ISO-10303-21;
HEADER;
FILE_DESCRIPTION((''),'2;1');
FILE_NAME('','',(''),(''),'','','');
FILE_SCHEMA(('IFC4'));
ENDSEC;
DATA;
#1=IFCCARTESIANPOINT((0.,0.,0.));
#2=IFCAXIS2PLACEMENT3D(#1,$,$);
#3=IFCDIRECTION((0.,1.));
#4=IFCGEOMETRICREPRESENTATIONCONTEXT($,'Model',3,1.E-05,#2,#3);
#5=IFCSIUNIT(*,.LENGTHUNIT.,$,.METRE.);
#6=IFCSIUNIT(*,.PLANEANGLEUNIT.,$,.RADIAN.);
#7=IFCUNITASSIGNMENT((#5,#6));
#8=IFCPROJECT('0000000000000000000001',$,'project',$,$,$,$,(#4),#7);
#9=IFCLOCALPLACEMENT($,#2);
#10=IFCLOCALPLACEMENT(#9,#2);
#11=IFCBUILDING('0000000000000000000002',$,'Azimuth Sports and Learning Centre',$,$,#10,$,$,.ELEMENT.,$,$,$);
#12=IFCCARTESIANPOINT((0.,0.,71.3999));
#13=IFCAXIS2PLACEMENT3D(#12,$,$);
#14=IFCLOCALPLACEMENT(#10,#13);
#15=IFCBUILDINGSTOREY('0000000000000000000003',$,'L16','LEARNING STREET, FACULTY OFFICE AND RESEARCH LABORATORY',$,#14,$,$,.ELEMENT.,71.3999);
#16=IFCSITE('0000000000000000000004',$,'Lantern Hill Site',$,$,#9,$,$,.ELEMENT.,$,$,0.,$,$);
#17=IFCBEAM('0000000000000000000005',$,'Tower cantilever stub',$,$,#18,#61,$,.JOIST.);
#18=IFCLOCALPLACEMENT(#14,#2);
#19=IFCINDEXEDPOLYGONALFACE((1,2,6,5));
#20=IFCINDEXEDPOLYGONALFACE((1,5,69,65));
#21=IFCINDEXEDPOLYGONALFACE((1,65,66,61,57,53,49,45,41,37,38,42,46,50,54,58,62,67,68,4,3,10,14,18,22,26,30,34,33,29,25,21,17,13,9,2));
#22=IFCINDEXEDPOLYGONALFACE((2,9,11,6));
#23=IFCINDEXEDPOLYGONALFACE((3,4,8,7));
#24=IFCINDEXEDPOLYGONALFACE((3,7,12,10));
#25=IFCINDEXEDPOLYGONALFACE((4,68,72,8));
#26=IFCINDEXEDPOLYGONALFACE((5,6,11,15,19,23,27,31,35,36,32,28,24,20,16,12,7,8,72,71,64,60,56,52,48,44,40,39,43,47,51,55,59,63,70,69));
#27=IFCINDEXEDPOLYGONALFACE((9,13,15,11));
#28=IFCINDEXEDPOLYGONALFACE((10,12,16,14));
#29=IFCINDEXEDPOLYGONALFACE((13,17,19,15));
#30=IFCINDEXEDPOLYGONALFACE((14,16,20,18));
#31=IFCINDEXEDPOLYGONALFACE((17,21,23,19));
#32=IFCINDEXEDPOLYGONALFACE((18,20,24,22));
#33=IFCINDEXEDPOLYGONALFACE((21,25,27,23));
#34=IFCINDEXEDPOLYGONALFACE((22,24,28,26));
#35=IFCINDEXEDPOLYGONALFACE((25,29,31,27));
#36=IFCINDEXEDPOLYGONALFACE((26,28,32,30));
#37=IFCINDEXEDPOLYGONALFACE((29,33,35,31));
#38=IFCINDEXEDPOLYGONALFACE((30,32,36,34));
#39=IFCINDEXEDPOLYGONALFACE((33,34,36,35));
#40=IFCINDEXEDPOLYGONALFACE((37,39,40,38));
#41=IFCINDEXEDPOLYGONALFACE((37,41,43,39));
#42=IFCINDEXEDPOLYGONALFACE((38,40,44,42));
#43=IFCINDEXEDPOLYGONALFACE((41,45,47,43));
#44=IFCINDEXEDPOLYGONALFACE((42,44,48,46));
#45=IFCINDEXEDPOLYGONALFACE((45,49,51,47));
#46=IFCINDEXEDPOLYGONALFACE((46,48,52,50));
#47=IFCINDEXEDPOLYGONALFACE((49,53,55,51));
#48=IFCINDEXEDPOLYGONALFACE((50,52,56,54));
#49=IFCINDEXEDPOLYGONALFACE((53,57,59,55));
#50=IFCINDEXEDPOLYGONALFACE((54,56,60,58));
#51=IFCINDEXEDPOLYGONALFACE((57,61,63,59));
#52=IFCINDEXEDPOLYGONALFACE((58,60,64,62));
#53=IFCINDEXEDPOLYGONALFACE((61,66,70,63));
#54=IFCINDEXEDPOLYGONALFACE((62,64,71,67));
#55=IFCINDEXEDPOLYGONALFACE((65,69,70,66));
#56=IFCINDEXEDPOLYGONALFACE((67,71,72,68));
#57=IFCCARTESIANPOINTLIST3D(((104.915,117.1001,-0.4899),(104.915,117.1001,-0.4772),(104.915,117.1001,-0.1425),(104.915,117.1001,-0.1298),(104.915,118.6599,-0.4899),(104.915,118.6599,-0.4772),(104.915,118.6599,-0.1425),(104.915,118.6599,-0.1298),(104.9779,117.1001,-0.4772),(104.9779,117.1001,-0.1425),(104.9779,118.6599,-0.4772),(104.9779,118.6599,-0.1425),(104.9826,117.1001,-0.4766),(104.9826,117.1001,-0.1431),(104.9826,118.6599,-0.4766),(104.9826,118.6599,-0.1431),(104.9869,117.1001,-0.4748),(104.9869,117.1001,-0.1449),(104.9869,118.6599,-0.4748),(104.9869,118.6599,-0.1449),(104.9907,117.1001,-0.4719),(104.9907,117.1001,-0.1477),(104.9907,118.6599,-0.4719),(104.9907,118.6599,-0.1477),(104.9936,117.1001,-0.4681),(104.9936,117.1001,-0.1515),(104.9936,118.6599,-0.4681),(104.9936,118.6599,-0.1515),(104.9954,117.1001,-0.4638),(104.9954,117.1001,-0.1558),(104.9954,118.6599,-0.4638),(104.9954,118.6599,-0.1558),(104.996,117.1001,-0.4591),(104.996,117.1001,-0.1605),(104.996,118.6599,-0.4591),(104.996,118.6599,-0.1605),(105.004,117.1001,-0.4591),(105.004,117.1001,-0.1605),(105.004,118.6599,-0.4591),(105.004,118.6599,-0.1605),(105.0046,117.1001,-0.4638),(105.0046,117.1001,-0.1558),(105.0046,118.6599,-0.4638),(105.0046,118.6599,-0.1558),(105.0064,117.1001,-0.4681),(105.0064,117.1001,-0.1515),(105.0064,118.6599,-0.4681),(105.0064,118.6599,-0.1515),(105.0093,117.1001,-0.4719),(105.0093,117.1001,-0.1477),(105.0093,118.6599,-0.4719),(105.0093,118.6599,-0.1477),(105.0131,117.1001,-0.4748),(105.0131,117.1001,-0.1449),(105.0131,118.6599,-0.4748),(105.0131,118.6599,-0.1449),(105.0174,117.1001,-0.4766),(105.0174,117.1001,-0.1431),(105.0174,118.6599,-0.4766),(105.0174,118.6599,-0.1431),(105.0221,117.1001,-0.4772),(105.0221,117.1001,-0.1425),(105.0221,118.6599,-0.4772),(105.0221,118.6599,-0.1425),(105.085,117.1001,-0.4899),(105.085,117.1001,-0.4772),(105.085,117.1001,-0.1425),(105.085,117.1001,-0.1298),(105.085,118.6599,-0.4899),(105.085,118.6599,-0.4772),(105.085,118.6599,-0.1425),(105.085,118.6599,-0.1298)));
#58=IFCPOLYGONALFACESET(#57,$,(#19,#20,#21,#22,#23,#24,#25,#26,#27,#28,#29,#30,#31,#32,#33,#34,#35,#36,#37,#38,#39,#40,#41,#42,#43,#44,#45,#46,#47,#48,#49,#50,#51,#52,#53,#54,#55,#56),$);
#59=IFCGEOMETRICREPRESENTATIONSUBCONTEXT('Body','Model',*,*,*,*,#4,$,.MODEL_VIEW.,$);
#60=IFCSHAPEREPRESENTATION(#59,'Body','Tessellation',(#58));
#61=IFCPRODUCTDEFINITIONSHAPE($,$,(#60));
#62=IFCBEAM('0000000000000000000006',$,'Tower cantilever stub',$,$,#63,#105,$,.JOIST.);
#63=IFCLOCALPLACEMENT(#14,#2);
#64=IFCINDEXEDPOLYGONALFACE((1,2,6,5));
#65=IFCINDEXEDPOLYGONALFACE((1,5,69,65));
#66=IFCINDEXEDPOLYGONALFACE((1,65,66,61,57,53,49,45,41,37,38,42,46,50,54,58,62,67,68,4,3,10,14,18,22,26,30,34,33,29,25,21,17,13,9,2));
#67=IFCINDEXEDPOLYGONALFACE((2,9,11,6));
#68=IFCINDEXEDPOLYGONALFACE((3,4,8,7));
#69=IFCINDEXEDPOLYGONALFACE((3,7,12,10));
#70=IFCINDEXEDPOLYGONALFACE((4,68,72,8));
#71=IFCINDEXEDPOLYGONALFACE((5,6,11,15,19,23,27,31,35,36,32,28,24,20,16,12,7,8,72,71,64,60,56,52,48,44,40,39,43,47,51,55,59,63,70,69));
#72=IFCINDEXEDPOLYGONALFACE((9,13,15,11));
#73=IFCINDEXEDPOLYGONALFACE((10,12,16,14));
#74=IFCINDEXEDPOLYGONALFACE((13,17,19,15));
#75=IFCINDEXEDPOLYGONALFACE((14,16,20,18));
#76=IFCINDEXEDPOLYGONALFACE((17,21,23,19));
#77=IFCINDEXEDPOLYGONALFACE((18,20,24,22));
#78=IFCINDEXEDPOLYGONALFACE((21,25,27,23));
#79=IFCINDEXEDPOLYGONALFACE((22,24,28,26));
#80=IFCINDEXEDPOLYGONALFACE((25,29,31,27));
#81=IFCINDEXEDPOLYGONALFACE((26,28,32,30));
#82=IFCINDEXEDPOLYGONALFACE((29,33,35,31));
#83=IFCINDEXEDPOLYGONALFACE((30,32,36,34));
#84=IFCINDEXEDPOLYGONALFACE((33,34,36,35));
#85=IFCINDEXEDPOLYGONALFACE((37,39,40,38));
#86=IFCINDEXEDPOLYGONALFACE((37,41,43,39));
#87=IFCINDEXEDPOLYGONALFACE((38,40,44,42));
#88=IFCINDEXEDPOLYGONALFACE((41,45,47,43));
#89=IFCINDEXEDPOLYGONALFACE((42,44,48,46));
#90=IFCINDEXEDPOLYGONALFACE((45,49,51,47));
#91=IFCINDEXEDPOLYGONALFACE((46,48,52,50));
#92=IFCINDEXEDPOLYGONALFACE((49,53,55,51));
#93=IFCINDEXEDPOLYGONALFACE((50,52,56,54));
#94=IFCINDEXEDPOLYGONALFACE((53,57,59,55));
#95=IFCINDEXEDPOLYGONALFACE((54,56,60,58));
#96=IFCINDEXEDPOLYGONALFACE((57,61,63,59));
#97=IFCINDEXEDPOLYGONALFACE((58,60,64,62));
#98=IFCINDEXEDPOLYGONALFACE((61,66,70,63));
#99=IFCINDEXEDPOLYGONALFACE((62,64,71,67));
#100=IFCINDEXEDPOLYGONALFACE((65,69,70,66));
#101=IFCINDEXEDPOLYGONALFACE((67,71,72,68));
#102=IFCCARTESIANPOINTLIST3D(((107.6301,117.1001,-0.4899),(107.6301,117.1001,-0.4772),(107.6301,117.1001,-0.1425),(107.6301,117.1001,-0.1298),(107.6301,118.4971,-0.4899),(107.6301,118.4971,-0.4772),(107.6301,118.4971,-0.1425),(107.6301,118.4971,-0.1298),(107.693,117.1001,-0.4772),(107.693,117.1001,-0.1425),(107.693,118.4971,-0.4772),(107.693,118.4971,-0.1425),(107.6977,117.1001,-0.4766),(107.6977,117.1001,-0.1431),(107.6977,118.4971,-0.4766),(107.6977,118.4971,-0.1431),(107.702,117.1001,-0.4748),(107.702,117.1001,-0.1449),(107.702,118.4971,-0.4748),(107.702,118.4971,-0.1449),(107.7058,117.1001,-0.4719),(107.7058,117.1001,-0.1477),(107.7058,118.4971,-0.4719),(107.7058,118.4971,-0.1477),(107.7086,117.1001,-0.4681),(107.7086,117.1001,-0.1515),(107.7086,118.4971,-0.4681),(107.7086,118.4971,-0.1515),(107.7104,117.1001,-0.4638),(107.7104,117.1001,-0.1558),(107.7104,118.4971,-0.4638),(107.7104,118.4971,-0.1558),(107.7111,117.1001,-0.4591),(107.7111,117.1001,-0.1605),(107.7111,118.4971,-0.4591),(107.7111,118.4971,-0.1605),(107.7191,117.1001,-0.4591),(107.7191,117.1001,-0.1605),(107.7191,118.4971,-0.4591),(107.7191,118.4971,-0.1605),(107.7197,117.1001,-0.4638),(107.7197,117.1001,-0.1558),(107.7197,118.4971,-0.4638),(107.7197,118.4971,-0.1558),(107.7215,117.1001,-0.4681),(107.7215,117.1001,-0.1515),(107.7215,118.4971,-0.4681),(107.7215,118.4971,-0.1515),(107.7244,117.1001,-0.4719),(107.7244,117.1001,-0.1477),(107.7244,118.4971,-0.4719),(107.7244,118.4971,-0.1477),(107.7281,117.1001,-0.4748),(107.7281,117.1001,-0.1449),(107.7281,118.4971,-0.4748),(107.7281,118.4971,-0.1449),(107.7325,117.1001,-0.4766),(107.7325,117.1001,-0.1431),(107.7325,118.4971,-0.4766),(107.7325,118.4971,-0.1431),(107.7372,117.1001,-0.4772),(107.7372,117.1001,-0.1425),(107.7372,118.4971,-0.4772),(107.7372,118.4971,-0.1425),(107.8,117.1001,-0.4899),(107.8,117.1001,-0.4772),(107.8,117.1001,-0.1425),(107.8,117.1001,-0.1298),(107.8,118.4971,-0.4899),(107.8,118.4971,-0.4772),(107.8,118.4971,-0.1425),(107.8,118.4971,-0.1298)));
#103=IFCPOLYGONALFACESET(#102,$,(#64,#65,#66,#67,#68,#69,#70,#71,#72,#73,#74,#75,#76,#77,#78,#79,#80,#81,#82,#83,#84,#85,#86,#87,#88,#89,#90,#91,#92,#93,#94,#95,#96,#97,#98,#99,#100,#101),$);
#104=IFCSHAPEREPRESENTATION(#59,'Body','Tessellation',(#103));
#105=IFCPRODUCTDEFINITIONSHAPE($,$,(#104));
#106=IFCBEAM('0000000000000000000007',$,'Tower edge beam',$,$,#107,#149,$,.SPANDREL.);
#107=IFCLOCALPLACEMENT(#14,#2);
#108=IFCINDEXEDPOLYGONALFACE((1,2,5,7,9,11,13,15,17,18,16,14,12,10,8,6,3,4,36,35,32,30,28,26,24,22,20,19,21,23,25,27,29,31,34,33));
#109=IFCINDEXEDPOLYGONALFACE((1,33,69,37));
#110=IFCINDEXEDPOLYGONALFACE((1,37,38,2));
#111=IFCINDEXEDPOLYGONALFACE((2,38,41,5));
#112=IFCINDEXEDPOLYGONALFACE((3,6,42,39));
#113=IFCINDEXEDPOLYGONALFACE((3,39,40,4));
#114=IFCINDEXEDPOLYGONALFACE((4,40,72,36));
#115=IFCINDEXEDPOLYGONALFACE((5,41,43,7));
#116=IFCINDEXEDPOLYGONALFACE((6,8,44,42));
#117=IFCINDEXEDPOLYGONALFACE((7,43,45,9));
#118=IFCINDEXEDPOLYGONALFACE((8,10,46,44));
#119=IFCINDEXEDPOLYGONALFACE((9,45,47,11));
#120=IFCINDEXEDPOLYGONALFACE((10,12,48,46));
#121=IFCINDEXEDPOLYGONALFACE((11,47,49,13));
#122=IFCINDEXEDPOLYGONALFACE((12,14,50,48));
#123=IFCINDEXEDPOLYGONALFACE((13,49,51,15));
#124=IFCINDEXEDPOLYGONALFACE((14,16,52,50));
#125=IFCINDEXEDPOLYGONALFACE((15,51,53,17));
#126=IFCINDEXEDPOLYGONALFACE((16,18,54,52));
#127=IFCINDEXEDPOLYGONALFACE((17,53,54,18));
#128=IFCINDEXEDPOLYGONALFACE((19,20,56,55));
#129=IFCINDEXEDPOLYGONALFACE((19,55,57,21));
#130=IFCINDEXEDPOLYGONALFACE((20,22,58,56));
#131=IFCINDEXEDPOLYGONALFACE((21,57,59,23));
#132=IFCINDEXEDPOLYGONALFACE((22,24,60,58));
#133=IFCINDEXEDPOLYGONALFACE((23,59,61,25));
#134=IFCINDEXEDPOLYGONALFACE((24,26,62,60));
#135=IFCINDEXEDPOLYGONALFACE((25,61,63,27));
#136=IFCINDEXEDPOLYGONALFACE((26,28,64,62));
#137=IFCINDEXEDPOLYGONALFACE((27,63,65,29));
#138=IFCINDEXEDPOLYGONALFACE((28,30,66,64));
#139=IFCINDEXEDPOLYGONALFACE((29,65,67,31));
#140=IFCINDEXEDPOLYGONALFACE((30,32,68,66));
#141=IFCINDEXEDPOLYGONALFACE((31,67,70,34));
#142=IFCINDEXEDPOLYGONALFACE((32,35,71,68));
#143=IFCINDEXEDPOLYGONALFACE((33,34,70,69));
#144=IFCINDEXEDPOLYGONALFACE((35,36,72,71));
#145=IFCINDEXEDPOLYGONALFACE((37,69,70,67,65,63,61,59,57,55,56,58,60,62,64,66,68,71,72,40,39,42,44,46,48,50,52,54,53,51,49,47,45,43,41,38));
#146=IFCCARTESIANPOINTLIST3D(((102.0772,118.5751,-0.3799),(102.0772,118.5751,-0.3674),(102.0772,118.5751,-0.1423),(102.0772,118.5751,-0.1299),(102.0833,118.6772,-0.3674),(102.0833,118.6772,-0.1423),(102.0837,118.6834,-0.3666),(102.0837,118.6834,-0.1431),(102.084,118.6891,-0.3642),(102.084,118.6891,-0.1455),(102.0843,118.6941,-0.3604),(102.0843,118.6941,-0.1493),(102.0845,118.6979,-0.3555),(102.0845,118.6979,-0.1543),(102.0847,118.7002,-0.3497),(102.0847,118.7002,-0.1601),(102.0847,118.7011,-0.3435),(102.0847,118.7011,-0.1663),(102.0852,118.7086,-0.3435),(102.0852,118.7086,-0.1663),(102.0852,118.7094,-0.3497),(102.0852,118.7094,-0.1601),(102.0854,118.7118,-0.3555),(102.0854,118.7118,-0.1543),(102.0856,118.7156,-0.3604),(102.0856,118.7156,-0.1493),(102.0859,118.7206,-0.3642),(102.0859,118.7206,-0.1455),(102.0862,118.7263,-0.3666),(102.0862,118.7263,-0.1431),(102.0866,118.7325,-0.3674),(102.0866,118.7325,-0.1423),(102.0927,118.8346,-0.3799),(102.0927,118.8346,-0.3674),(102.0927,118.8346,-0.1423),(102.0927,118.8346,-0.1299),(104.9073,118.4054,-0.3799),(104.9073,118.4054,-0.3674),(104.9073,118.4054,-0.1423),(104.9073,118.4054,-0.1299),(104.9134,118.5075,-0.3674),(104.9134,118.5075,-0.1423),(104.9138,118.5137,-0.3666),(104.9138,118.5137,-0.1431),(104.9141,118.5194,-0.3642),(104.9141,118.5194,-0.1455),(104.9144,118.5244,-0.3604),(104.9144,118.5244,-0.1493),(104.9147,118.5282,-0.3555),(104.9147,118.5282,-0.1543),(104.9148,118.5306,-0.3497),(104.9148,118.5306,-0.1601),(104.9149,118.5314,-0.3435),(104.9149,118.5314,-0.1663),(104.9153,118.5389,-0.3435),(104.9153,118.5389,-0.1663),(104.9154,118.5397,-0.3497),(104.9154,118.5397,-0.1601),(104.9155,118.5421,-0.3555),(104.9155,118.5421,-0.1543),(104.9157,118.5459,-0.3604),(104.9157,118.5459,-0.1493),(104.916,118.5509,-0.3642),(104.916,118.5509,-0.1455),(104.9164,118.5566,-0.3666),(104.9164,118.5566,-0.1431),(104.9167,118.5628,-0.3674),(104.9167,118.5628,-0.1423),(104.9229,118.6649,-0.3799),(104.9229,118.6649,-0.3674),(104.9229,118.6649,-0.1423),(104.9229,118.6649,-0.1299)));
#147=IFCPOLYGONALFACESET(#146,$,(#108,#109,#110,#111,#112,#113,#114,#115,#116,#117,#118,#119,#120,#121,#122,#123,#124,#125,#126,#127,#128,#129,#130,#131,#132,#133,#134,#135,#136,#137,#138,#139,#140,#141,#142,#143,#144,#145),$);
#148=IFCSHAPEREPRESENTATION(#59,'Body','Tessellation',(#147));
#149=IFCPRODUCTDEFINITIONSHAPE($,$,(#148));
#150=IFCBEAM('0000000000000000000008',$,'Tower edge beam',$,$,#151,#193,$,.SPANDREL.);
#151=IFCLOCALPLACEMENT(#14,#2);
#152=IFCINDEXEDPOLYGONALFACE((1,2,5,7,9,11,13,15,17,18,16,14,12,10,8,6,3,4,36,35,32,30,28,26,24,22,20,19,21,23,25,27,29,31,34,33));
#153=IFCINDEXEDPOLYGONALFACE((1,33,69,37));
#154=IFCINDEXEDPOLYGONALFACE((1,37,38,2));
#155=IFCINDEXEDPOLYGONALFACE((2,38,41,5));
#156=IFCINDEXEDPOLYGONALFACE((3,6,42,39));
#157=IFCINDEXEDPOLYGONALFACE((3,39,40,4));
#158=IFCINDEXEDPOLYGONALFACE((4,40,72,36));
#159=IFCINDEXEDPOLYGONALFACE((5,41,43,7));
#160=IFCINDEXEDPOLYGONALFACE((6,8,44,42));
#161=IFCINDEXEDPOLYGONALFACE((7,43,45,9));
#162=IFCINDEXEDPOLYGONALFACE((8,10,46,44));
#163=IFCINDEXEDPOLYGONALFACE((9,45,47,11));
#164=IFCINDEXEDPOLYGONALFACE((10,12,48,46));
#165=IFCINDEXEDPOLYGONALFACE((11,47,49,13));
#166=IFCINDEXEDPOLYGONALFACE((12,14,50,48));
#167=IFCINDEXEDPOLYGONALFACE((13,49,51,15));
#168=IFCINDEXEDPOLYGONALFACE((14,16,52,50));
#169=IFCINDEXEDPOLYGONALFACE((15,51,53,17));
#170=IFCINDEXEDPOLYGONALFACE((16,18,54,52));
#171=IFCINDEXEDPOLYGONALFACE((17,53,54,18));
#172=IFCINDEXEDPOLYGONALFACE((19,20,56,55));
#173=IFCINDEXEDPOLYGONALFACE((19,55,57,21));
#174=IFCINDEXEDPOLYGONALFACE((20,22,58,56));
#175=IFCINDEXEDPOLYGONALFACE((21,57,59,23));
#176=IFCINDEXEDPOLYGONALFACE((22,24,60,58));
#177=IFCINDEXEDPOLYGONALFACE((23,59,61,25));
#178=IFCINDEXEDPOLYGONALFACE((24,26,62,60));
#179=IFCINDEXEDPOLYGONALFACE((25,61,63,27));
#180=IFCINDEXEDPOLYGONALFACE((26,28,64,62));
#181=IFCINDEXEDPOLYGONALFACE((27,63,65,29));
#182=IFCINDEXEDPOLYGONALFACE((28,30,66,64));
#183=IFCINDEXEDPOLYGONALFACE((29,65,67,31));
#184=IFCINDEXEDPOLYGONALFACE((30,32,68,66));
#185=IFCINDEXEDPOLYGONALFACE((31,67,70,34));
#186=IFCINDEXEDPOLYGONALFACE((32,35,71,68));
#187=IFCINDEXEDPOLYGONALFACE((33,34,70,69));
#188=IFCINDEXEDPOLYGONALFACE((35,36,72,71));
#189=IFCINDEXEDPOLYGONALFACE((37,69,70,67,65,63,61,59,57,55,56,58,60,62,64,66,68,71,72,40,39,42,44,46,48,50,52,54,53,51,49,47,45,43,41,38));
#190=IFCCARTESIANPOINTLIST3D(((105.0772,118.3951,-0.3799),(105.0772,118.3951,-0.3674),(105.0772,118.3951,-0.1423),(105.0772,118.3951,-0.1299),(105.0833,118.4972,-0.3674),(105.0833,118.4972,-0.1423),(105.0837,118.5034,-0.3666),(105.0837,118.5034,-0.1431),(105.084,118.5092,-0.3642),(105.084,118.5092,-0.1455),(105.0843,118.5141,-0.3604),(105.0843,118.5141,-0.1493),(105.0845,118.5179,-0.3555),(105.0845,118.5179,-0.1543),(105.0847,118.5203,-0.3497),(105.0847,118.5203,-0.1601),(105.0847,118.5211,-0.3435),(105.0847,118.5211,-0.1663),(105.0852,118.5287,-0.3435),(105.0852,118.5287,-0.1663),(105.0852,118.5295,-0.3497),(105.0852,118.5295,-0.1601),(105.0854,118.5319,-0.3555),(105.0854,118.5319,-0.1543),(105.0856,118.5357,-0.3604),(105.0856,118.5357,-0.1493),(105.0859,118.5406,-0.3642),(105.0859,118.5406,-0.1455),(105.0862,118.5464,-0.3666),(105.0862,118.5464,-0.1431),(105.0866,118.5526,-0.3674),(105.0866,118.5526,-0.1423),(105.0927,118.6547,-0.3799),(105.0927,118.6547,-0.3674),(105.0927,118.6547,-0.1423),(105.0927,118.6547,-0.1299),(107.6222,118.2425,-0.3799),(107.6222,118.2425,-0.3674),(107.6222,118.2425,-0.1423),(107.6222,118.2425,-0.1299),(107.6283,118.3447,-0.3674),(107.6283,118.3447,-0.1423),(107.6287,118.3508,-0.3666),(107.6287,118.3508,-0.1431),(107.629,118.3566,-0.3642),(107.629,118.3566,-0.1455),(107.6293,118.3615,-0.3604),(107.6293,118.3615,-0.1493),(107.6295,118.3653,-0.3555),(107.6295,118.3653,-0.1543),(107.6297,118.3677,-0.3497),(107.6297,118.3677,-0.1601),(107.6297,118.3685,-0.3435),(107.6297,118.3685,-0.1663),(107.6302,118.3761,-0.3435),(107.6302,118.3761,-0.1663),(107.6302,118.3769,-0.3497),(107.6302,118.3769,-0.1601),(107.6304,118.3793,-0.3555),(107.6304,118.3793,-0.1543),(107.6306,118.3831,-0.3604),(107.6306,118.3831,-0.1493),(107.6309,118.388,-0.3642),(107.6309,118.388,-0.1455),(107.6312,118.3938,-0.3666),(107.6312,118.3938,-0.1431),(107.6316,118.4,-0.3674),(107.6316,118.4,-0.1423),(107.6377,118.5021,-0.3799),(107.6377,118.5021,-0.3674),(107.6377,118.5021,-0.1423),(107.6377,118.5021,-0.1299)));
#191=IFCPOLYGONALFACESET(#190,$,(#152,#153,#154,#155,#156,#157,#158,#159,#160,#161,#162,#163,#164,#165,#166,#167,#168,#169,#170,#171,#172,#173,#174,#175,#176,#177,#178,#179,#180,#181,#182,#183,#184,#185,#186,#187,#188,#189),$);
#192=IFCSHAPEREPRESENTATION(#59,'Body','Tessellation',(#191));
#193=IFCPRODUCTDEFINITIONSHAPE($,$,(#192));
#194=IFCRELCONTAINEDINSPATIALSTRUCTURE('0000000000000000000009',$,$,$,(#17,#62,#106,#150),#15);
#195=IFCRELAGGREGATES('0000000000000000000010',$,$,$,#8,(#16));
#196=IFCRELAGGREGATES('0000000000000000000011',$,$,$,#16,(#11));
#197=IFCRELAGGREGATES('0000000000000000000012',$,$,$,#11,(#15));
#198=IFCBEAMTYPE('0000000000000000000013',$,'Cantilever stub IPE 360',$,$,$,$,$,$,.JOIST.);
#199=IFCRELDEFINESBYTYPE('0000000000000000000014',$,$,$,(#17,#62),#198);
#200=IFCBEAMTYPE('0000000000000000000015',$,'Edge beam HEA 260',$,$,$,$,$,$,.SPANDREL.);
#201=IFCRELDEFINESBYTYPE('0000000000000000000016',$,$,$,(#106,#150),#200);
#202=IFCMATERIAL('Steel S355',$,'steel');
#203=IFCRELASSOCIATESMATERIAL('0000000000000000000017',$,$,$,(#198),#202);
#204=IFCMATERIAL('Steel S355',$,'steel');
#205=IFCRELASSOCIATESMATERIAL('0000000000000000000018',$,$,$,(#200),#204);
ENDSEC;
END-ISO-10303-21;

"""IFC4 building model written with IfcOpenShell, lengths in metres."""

from ifc_helpers import new_model, si_unit, direction, frame, origin, origin_2d, place, context, subcontext, project, spatial, i_section, extrude, material, material_profile, profile_set, type_object, element, save


model = new_model("IFC4")

# Units and contexts
model_context = context("Model", 3, precision=1e-05, world=origin(), true_north=direction((0.0, 1.0)))
body_context = subcontext(model_context, "Body", "Model", "MODEL_VIEW")
ifc_project = project(units=[si_unit("LENGTHUNIT", "METRE"), si_unit("PLANEANGLEUNIT", "RADIAN")], contexts=[model_context])

# Site, building, storey
site_placement = place(None, origin())
site = spatial("IfcSite", under=ifc_project, at=site_placement, Name="Lantern Hill Site", CompositionType="ELEMENT", RefElevation=0.0)
building_placement = place(site_placement, origin())
building = spatial("IfcBuilding", under=site, at=building_placement, Name="Azimuth Sports and Learning Centre", CompositionType="ELEMENT")
storey_placement = place(building_placement, frame((0.0, 0.0, 71.3999)))
storey = spatial("IfcBuildingStorey", under=building, at=storey_placement, Name="L16", Description="LEARNING STREET, FACULTY OFFICE AND RESEARCH LABORATORY", CompositionType="ELEMENT", Elevation=71.3999)

# Beams
ifc_material_1 = material(Name="Steel S355", Category="steel")
ifc_material_profile_1 = material_profile(ifc_material_1, i_section(OverallWidth=0.1699, OverallDepth=0.3601, WebThickness=0.0081, FlangeThickness=0.0127, FilletRadius=0.0181, at=origin_2d()), Name="IPE 360")
ifc_profile_set_1 = profile_set([ifc_material_profile_1], Name="Steel S355")
beam_type_1 = type_object("IfcBeamType", Name="Cantilever stub IPE 360", PredefinedType="JOIST", material=ifc_profile_set_1)
beam_1_placement = place(storey_placement, frame((105.0, 117.1001, -0.3098), z_axis=(0.0, 1.0, 0.0), x_axis=(-1.0, 0.0, 0.0)))
element("IfcBeam", 1, at=beam_1_placement, inside=storey, type_object=beam_type_1, Name="Tower cantilever stub", PredefinedType="JOIST", context=body_context, shape_type="SweptSolid", body=[
    extrude(i_section(OverallWidth=0.1699, OverallDepth=0.3601, WebThickness=0.0081, FlangeThickness=0.0127, FilletRadius=0.0181, at=origin_2d()), origin(), (0.0, 0.0, 1.0), 1.5598),
])
beam_2_placement = place(storey_placement, frame((107.7151, 117.1001, -0.3098), z_axis=(0.0, 1.0, 0.0), x_axis=(-1.0, 0.0, 0.0)))
element("IfcBeam", 2, at=beam_2_placement, inside=storey, type_object=beam_type_1, Name="Tower cantilever stub", PredefinedType="JOIST", context=body_context, shape_type="SweptSolid", body=[
    extrude(i_section(OverallWidth=0.1699, OverallDepth=0.3601, WebThickness=0.0081, FlangeThickness=0.0127, FilletRadius=0.0181, at=origin_2d()), origin(), (0.0, 0.0, 1.0), 1.397),
])
ifc_material_2 = material(Name="Steel S355", Category="steel")
ifc_material_profile_2 = material_profile(ifc_material_2, i_section(OverallWidth=0.26, OverallDepth=0.25, WebThickness=0.0076, FlangeThickness=0.0125, FilletRadius=0.0239, at=origin_2d()), Name="HEA 260")
ifc_profile_set_2 = profile_set([ifc_material_profile_2], Name="Steel S355")
beam_type_2 = type_object("IfcBeamType", Name="Edge beam HEA 260", PredefinedType="SPANDREL", material=ifc_profile_set_2)
beam_3_placement = place(storey_placement, frame((102.085, 118.7048, -0.2549), z_axis=(0.998208, -0.059848, 0.0), x_axis=(0.059848, 0.998208, 0.0)))
element("IfcBeam", 3, at=beam_3_placement, inside=storey, type_object=beam_type_2, Name="Tower edge beam", PredefinedType="SPANDREL", context=body_context, shape_type="SweptSolid", body=[
    extrude(i_section(OverallWidth=0.26, OverallDepth=0.25, WebThickness=0.0076, FlangeThickness=0.0125, FilletRadius=0.0239, at=origin_2d()), origin(), (0.0, 0.0, 1.0), 2.8352),
])
beam_4_placement = place(storey_placement, frame((105.085, 118.5249, -0.2549), z_axis=(0.998207, -0.05985, 0.0), x_axis=(0.05985, 0.998207, 0.0)))
element("IfcBeam", 4, at=beam_4_placement, inside=storey, type_object=beam_type_2, Name="Tower edge beam", PredefinedType="SPANDREL", context=body_context, shape_type="SweptSolid", body=[
    extrude(i_section(OverallWidth=0.26, OverallDepth=0.25, WebThickness=0.0076, FlangeThickness=0.0125, FilletRadius=0.0239, at=origin_2d()), origin(), (0.0, 0.0, 1.0), 2.5496),
])

save(model, "model.ifc")
